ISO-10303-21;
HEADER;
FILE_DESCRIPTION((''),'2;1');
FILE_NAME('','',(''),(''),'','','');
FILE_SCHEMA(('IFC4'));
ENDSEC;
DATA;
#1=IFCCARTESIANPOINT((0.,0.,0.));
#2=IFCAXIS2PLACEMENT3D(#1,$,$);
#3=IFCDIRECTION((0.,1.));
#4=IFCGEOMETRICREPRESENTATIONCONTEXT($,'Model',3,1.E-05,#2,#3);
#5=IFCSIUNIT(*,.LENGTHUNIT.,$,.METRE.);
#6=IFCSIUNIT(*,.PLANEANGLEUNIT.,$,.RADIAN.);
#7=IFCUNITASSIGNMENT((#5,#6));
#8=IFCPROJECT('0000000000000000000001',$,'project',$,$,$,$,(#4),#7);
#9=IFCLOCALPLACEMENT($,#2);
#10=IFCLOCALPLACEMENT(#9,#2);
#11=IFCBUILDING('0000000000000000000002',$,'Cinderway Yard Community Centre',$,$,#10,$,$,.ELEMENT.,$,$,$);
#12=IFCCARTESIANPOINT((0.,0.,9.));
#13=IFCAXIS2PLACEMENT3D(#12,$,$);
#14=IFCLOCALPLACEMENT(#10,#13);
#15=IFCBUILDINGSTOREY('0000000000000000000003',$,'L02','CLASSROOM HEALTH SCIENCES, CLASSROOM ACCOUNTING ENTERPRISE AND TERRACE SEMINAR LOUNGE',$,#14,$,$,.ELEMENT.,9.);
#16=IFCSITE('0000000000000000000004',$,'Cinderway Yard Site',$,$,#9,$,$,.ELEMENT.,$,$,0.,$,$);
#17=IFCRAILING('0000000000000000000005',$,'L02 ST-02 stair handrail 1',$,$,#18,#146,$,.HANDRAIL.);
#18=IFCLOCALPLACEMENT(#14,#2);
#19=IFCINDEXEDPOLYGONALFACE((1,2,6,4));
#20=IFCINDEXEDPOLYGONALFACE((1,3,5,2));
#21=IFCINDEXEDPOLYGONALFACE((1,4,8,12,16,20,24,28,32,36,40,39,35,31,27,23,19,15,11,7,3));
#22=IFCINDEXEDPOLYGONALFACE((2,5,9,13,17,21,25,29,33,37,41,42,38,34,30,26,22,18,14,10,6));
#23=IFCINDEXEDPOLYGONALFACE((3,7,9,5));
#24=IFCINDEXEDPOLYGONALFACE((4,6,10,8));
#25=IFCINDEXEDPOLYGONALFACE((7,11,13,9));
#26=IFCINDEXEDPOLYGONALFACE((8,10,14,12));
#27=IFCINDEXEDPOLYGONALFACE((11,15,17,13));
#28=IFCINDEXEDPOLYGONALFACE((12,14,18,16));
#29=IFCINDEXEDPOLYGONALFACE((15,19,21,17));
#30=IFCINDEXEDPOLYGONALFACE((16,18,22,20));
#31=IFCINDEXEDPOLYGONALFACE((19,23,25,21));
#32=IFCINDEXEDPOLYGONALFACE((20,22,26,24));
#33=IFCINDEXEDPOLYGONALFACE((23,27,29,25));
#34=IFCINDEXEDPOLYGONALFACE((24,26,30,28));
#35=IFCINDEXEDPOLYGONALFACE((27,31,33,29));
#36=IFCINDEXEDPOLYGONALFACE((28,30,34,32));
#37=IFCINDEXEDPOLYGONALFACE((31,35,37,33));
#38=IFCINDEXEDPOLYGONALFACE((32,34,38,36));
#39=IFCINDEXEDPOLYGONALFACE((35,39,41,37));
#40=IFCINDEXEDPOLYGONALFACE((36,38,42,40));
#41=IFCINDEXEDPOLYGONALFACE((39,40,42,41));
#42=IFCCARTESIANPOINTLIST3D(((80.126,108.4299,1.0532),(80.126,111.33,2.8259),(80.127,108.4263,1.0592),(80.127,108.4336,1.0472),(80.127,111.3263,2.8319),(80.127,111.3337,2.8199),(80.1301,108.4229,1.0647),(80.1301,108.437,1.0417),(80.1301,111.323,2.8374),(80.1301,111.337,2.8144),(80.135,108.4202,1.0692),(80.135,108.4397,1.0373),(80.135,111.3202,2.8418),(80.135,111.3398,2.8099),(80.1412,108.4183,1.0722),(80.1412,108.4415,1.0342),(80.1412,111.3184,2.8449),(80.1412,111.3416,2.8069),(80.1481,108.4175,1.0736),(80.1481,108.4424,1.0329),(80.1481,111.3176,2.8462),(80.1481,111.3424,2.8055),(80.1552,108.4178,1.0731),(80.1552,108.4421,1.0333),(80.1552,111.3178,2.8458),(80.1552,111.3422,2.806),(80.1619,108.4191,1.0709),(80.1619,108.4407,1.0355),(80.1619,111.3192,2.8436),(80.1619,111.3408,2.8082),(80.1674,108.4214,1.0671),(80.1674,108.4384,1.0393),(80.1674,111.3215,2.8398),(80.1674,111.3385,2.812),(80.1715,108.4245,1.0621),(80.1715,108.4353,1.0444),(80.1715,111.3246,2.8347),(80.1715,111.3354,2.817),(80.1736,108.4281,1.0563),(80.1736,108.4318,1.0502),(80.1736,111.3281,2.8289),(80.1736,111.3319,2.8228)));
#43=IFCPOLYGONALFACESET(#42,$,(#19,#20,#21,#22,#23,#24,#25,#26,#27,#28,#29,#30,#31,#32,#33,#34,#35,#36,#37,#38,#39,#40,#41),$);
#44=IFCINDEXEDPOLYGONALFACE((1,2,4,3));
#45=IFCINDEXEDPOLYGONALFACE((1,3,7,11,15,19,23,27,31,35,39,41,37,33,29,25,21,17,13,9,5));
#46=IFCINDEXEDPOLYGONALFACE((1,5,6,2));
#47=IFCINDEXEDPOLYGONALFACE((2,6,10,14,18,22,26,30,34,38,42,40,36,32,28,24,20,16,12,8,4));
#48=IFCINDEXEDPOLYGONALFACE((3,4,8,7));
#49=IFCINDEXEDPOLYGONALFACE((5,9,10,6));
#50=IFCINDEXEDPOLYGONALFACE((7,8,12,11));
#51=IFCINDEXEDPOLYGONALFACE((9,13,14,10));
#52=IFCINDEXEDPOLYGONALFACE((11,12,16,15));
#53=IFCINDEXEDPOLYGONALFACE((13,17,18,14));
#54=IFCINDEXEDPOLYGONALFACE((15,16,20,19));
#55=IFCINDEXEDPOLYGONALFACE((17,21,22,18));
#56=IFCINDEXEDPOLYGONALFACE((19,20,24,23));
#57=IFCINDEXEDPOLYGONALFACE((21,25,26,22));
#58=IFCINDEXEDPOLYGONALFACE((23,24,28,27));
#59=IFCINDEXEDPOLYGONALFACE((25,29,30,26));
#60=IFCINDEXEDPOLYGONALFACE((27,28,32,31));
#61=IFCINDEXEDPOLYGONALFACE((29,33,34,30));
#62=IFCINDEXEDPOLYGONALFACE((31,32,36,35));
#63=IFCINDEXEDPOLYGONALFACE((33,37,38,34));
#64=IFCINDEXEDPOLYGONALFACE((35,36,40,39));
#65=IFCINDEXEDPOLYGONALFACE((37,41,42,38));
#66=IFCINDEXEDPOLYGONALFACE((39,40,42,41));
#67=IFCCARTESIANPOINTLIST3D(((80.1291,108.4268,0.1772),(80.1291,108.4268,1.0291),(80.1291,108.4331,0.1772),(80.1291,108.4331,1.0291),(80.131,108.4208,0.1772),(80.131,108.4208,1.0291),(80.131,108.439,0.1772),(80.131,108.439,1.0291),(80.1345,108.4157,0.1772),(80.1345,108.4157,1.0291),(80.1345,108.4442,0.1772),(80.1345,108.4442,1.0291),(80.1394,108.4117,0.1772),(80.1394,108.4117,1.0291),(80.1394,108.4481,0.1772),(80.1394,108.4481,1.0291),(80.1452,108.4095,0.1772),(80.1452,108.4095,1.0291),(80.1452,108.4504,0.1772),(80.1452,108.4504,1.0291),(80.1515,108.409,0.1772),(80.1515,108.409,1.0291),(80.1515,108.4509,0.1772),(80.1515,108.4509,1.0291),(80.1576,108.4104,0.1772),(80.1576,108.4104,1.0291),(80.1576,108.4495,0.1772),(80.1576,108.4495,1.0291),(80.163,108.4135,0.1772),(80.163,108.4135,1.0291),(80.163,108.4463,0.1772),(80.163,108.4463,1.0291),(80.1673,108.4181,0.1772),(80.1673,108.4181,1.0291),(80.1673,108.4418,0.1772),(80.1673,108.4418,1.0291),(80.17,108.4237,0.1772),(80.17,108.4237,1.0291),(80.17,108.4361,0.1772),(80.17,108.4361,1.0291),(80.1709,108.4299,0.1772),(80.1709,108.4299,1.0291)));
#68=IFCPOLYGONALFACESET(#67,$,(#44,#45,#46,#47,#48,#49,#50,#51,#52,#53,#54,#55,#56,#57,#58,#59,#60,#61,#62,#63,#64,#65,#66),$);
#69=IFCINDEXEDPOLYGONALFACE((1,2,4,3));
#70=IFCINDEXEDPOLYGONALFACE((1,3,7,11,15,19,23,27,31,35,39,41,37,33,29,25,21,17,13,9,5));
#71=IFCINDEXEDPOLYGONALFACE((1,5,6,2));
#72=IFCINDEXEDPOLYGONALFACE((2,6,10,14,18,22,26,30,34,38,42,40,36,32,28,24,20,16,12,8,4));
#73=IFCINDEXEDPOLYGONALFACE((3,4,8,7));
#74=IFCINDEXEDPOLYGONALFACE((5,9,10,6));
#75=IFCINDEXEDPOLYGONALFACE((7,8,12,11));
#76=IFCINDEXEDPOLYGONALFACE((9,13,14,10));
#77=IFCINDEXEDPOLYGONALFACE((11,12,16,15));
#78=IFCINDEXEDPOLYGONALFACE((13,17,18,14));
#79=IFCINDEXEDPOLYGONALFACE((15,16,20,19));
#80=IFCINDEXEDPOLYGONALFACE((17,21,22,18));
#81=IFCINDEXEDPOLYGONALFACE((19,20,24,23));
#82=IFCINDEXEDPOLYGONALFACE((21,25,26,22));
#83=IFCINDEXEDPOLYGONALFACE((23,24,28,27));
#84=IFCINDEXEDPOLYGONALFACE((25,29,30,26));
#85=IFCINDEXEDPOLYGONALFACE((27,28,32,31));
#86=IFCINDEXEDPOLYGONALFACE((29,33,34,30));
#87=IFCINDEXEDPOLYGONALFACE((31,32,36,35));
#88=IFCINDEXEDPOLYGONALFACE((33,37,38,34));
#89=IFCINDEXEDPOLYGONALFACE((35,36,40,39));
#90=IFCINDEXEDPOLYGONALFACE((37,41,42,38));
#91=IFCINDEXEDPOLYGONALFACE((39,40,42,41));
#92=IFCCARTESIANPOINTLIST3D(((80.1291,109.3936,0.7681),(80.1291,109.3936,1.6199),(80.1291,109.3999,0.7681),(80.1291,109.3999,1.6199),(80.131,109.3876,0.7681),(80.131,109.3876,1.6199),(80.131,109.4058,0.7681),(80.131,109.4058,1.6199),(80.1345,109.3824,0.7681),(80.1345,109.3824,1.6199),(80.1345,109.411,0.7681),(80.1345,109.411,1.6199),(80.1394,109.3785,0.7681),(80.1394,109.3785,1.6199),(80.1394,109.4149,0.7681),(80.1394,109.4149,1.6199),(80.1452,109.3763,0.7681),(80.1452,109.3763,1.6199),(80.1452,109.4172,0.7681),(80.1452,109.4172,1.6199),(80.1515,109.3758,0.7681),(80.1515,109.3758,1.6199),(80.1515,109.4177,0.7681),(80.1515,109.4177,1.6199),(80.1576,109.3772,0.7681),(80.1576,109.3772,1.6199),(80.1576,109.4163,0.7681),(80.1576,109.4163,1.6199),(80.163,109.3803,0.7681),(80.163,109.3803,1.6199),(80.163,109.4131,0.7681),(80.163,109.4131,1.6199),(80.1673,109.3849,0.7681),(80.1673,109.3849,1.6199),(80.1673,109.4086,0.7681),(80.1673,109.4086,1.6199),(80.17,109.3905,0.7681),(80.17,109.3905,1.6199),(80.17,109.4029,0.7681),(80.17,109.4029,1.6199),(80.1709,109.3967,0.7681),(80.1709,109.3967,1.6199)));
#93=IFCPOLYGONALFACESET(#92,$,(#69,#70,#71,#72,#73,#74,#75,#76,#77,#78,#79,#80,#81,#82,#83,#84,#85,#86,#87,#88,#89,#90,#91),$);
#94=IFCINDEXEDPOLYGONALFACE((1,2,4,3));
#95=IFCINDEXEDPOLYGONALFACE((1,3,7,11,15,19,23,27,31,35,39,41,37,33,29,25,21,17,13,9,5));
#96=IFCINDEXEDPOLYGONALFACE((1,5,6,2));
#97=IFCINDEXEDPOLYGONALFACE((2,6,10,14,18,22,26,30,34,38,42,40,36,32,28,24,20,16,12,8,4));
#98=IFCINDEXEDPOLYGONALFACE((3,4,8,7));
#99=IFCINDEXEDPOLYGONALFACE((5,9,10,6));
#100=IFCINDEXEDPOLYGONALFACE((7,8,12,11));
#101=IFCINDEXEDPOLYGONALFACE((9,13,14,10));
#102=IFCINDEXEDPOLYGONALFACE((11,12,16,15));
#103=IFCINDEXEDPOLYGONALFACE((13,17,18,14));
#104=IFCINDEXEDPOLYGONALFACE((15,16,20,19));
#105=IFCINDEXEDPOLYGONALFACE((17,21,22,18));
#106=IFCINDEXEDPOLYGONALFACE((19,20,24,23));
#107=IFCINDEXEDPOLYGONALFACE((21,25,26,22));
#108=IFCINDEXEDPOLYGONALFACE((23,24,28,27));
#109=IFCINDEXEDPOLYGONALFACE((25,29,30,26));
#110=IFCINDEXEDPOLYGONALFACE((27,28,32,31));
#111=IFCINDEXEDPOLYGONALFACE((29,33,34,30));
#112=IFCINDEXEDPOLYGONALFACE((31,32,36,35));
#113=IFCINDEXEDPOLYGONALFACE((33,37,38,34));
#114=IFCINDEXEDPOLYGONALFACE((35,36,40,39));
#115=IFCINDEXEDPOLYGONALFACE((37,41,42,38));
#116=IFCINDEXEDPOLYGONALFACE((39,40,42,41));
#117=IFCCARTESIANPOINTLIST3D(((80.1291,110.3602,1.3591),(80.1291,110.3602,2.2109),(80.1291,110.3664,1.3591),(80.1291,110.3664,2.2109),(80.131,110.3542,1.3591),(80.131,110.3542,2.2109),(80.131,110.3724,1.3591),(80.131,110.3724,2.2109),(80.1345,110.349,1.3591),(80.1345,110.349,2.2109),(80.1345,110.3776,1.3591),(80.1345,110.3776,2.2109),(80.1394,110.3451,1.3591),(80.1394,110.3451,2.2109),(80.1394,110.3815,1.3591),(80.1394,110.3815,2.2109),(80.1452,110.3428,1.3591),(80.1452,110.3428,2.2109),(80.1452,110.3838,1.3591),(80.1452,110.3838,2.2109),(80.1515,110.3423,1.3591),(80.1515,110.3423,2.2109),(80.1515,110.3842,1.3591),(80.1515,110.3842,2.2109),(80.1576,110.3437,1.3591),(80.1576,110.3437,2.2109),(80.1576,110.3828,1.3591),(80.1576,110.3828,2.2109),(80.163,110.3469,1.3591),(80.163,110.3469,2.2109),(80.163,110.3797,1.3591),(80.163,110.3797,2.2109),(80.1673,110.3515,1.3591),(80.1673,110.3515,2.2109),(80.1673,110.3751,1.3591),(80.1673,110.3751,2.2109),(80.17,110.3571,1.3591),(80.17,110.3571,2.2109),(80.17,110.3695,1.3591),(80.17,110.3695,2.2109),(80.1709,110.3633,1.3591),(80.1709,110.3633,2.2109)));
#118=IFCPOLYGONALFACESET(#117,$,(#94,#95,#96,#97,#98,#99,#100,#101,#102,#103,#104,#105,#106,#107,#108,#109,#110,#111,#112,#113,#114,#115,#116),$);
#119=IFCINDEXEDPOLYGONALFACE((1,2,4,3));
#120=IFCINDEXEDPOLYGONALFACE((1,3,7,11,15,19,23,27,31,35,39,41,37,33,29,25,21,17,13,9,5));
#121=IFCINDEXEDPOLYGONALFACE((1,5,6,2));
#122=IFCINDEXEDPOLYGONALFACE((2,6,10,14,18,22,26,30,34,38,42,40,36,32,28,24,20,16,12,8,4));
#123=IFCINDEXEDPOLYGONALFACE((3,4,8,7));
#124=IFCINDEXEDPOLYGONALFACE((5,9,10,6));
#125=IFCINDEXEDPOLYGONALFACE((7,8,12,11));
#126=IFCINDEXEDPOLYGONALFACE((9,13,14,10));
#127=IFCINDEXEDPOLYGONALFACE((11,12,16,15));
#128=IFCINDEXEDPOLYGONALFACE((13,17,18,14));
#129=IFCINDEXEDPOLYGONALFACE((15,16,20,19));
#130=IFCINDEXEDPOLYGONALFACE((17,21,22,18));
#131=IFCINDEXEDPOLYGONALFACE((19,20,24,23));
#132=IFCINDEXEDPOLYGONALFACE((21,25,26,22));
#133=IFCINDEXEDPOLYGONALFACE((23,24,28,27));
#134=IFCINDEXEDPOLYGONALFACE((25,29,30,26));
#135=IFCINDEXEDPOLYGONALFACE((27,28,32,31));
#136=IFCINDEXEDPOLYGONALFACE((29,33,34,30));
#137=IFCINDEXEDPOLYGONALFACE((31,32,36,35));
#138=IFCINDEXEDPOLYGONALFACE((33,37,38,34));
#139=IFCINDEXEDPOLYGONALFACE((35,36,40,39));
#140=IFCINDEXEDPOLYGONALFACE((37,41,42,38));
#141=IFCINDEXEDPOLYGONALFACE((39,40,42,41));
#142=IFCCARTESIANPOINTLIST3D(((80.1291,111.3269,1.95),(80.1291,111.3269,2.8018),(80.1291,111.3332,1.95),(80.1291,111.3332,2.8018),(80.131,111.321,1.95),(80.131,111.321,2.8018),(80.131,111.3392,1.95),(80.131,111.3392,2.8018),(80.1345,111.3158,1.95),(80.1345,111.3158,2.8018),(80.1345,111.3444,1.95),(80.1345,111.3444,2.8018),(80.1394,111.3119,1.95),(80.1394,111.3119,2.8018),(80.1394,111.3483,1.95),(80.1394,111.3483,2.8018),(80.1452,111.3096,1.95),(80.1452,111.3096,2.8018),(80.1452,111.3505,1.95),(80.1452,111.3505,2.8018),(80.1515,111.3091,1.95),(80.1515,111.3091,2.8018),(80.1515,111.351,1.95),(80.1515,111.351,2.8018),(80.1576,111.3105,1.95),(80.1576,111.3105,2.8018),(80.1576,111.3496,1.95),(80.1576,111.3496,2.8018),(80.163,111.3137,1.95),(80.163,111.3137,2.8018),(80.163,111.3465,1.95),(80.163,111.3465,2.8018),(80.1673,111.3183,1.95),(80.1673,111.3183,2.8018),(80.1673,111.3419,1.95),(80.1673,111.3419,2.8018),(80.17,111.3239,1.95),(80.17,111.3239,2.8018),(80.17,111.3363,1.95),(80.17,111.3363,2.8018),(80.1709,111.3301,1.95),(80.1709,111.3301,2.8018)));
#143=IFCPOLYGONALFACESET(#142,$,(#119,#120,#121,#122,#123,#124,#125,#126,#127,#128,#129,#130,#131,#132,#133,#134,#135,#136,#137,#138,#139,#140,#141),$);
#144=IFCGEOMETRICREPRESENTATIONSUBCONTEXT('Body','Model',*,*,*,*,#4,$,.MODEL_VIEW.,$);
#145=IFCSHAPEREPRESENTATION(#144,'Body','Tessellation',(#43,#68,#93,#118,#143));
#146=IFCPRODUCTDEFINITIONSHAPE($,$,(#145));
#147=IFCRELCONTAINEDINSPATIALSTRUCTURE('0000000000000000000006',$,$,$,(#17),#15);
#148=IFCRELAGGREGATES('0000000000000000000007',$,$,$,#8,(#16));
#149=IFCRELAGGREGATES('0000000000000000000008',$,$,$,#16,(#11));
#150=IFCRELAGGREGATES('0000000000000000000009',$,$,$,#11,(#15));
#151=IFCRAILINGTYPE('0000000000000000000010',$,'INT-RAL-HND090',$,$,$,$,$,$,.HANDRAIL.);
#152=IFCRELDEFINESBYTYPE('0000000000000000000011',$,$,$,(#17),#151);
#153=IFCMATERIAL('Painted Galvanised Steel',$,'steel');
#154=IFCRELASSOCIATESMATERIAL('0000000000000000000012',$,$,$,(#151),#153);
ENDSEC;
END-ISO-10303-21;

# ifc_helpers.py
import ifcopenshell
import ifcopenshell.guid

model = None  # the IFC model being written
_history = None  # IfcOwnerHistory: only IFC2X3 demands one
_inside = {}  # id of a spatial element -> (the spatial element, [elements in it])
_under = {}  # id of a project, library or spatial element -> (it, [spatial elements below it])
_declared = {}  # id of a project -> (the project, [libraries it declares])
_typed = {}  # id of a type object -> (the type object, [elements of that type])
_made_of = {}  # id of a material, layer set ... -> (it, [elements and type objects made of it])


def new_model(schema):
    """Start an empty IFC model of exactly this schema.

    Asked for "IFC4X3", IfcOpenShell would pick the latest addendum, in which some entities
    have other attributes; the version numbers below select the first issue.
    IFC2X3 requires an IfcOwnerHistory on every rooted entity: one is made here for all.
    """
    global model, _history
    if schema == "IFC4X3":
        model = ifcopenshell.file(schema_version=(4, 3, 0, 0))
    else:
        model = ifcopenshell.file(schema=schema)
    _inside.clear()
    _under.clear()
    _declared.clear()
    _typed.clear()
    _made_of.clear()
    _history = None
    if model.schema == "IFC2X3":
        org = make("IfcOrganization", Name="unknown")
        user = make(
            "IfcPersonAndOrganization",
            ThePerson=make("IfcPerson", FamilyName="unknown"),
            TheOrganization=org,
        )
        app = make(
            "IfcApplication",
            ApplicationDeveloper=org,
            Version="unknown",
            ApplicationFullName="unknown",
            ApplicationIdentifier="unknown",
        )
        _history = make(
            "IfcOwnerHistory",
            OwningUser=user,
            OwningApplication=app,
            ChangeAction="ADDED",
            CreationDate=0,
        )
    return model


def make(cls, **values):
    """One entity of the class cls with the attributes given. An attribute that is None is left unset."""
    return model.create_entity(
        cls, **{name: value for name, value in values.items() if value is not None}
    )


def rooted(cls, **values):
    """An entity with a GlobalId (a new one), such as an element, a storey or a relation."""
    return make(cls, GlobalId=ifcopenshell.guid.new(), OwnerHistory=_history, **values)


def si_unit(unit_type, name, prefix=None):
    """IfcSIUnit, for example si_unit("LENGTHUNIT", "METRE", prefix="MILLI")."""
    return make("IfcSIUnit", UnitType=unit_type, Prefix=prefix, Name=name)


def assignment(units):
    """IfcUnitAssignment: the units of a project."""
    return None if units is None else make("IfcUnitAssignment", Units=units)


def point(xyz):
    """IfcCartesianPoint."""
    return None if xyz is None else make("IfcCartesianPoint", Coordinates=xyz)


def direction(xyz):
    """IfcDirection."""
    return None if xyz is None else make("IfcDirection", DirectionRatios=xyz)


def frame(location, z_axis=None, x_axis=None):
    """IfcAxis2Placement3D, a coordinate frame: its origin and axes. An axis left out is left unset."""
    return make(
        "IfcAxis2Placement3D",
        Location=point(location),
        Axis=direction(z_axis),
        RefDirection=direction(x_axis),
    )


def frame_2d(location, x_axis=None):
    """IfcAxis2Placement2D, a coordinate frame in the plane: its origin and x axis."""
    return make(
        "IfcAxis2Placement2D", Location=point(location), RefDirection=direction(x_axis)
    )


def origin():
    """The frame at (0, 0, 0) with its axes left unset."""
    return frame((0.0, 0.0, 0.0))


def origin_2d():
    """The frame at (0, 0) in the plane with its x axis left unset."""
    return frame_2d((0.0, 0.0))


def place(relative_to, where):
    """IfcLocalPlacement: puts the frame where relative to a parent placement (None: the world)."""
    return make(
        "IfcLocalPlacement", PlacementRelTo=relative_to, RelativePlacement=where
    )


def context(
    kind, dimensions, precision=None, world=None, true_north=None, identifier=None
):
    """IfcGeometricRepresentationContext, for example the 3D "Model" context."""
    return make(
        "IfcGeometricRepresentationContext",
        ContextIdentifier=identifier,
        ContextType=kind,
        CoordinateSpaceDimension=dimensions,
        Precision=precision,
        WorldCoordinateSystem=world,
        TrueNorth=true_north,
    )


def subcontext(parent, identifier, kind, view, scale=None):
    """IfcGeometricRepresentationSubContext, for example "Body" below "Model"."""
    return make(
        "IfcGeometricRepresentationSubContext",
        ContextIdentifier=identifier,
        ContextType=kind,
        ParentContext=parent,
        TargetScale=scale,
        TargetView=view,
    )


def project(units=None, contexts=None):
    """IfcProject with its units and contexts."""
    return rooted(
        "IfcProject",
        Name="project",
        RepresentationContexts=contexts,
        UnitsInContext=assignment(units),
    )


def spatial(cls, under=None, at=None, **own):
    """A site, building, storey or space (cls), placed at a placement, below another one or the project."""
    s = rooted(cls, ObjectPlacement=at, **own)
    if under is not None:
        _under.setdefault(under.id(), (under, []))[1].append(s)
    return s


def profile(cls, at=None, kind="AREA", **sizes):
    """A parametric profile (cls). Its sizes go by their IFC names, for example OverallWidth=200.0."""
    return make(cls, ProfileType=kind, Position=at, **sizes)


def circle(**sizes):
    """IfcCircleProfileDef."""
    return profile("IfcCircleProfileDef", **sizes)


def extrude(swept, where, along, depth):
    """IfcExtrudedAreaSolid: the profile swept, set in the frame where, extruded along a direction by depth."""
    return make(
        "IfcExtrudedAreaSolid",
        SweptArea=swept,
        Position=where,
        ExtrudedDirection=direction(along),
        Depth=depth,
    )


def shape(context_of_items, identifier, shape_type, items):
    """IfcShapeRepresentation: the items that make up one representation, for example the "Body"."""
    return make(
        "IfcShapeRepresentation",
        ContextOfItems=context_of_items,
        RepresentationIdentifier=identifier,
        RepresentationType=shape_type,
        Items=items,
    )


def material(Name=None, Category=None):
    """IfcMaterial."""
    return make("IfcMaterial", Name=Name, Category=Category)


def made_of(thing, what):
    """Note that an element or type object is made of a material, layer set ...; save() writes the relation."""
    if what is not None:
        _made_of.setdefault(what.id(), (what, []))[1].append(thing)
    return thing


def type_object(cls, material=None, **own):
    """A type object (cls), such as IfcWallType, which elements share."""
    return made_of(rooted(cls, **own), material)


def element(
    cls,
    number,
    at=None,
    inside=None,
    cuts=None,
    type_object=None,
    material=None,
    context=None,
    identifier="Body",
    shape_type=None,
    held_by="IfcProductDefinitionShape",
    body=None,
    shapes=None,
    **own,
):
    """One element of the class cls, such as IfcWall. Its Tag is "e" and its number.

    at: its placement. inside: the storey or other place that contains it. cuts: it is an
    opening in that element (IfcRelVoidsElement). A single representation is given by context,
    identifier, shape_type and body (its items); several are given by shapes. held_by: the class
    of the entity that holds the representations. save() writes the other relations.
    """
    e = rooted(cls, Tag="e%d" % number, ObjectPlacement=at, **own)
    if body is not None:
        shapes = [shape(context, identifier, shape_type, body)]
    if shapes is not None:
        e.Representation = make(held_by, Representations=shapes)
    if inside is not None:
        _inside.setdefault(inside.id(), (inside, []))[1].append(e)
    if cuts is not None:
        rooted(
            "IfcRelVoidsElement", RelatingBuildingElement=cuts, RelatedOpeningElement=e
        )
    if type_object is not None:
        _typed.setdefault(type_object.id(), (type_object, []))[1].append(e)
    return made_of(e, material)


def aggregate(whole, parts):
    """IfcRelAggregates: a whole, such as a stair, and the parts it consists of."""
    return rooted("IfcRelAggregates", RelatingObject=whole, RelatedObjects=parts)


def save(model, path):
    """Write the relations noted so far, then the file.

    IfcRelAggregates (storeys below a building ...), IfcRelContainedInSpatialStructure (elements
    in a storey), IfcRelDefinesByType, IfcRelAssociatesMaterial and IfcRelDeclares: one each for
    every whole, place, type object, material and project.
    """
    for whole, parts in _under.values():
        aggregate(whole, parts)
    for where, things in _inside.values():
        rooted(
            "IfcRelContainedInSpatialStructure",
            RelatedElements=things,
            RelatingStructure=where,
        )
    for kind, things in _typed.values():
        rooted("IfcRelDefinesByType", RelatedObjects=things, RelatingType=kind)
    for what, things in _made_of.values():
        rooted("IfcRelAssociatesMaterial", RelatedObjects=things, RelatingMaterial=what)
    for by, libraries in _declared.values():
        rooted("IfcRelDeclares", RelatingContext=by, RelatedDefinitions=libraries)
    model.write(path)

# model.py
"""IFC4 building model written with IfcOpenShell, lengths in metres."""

from ifc_helpers import new_model, si_unit, direction, frame, origin, origin_2d, place, context, subcontext, project, spatial, circle, extrude, material, type_object, element, save


model = new_model("IFC4")

# Units and contexts
model_context = context("Model", 3, precision=1e-05, world=origin(), true_north=direction((0.0, 1.0)))
body_context = subcontext(model_context, "Body", "Model", "MODEL_VIEW")
ifc_project = project(units=[si_unit("LENGTHUNIT", "METRE"), si_unit("PLANEANGLEUNIT", "RADIAN")], contexts=[model_context])

# Site, building, storey
site_placement = place(None, origin())
site = spatial("IfcSite", under=ifc_project, at=site_placement, Name="Cinderway Yard Site", CompositionType="ELEMENT", RefElevation=0.0)
building_placement = place(site_placement, origin())
building = spatial("IfcBuilding", under=site, at=building_placement, Name="Cinderway Yard Community Centre", CompositionType="ELEMENT")
storey_placement = place(building_placement, frame((0.0, 0.0, 9.0)))
storey = spatial("IfcBuildingStorey", under=building, at=storey_placement, Name="L02", Description="CLASSROOM HEALTH SCIENCES, CLASSROOM ACCOUNTING ENTERPRISE AND TERRACE SEMINAR LOUNGE", CompositionType="ELEMENT", Elevation=9.0)

# Shared definitions
ifc_material_1 = material(Name="Painted Galvanised Steel", Category="steel")

# Railing
railing_type_1 = type_object("IfcRailingType", Name="INT-RAL-HND090", PredefinedType="HANDRAIL", material=ifc_material_1)
railing_1_placement = place(storey_placement, frame((80.1499, 108.4299, 0.1772)))
element("IfcRailing", 1, at=railing_1_placement, inside=storey, type_object=railing_type_1, Name="L02 ST-02 stair handrail 1", PredefinedType="HANDRAIL", context=body_context, shape_type="SweptSolid", body=[
    extrude(circle(Radius=0.0239, at=origin_2d()), frame((0.0, 0.0, 0.876), z_axis=(0.0, 0.85323, 0.521534), x_axis=(-1.0, 0.0, 0.0)), (0.0, 0.0, 1.0), 3.3989),
    extrude(circle(Radius=0.021, at=origin_2d()), origin(), (0.0, 0.0, 1.0), 0.8518),
    extrude(circle(Radius=0.021, at=origin_2d()), frame((0.0, 0.9668, 0.5908)), (0.0, 0.0, 1.0), 0.8518),
    extrude(circle(Radius=0.021, at=origin_2d()), frame((0.0, 1.9333, 1.1819)), (0.0, 0.0, 1.0), 0.8518),
    extrude(circle(Radius=0.021, at=origin_2d()), frame((0.0, 2.9001, 1.7727)), (0.0, 0.0, 1.0), 0.8518),
])

save(model, "model.ifc")
